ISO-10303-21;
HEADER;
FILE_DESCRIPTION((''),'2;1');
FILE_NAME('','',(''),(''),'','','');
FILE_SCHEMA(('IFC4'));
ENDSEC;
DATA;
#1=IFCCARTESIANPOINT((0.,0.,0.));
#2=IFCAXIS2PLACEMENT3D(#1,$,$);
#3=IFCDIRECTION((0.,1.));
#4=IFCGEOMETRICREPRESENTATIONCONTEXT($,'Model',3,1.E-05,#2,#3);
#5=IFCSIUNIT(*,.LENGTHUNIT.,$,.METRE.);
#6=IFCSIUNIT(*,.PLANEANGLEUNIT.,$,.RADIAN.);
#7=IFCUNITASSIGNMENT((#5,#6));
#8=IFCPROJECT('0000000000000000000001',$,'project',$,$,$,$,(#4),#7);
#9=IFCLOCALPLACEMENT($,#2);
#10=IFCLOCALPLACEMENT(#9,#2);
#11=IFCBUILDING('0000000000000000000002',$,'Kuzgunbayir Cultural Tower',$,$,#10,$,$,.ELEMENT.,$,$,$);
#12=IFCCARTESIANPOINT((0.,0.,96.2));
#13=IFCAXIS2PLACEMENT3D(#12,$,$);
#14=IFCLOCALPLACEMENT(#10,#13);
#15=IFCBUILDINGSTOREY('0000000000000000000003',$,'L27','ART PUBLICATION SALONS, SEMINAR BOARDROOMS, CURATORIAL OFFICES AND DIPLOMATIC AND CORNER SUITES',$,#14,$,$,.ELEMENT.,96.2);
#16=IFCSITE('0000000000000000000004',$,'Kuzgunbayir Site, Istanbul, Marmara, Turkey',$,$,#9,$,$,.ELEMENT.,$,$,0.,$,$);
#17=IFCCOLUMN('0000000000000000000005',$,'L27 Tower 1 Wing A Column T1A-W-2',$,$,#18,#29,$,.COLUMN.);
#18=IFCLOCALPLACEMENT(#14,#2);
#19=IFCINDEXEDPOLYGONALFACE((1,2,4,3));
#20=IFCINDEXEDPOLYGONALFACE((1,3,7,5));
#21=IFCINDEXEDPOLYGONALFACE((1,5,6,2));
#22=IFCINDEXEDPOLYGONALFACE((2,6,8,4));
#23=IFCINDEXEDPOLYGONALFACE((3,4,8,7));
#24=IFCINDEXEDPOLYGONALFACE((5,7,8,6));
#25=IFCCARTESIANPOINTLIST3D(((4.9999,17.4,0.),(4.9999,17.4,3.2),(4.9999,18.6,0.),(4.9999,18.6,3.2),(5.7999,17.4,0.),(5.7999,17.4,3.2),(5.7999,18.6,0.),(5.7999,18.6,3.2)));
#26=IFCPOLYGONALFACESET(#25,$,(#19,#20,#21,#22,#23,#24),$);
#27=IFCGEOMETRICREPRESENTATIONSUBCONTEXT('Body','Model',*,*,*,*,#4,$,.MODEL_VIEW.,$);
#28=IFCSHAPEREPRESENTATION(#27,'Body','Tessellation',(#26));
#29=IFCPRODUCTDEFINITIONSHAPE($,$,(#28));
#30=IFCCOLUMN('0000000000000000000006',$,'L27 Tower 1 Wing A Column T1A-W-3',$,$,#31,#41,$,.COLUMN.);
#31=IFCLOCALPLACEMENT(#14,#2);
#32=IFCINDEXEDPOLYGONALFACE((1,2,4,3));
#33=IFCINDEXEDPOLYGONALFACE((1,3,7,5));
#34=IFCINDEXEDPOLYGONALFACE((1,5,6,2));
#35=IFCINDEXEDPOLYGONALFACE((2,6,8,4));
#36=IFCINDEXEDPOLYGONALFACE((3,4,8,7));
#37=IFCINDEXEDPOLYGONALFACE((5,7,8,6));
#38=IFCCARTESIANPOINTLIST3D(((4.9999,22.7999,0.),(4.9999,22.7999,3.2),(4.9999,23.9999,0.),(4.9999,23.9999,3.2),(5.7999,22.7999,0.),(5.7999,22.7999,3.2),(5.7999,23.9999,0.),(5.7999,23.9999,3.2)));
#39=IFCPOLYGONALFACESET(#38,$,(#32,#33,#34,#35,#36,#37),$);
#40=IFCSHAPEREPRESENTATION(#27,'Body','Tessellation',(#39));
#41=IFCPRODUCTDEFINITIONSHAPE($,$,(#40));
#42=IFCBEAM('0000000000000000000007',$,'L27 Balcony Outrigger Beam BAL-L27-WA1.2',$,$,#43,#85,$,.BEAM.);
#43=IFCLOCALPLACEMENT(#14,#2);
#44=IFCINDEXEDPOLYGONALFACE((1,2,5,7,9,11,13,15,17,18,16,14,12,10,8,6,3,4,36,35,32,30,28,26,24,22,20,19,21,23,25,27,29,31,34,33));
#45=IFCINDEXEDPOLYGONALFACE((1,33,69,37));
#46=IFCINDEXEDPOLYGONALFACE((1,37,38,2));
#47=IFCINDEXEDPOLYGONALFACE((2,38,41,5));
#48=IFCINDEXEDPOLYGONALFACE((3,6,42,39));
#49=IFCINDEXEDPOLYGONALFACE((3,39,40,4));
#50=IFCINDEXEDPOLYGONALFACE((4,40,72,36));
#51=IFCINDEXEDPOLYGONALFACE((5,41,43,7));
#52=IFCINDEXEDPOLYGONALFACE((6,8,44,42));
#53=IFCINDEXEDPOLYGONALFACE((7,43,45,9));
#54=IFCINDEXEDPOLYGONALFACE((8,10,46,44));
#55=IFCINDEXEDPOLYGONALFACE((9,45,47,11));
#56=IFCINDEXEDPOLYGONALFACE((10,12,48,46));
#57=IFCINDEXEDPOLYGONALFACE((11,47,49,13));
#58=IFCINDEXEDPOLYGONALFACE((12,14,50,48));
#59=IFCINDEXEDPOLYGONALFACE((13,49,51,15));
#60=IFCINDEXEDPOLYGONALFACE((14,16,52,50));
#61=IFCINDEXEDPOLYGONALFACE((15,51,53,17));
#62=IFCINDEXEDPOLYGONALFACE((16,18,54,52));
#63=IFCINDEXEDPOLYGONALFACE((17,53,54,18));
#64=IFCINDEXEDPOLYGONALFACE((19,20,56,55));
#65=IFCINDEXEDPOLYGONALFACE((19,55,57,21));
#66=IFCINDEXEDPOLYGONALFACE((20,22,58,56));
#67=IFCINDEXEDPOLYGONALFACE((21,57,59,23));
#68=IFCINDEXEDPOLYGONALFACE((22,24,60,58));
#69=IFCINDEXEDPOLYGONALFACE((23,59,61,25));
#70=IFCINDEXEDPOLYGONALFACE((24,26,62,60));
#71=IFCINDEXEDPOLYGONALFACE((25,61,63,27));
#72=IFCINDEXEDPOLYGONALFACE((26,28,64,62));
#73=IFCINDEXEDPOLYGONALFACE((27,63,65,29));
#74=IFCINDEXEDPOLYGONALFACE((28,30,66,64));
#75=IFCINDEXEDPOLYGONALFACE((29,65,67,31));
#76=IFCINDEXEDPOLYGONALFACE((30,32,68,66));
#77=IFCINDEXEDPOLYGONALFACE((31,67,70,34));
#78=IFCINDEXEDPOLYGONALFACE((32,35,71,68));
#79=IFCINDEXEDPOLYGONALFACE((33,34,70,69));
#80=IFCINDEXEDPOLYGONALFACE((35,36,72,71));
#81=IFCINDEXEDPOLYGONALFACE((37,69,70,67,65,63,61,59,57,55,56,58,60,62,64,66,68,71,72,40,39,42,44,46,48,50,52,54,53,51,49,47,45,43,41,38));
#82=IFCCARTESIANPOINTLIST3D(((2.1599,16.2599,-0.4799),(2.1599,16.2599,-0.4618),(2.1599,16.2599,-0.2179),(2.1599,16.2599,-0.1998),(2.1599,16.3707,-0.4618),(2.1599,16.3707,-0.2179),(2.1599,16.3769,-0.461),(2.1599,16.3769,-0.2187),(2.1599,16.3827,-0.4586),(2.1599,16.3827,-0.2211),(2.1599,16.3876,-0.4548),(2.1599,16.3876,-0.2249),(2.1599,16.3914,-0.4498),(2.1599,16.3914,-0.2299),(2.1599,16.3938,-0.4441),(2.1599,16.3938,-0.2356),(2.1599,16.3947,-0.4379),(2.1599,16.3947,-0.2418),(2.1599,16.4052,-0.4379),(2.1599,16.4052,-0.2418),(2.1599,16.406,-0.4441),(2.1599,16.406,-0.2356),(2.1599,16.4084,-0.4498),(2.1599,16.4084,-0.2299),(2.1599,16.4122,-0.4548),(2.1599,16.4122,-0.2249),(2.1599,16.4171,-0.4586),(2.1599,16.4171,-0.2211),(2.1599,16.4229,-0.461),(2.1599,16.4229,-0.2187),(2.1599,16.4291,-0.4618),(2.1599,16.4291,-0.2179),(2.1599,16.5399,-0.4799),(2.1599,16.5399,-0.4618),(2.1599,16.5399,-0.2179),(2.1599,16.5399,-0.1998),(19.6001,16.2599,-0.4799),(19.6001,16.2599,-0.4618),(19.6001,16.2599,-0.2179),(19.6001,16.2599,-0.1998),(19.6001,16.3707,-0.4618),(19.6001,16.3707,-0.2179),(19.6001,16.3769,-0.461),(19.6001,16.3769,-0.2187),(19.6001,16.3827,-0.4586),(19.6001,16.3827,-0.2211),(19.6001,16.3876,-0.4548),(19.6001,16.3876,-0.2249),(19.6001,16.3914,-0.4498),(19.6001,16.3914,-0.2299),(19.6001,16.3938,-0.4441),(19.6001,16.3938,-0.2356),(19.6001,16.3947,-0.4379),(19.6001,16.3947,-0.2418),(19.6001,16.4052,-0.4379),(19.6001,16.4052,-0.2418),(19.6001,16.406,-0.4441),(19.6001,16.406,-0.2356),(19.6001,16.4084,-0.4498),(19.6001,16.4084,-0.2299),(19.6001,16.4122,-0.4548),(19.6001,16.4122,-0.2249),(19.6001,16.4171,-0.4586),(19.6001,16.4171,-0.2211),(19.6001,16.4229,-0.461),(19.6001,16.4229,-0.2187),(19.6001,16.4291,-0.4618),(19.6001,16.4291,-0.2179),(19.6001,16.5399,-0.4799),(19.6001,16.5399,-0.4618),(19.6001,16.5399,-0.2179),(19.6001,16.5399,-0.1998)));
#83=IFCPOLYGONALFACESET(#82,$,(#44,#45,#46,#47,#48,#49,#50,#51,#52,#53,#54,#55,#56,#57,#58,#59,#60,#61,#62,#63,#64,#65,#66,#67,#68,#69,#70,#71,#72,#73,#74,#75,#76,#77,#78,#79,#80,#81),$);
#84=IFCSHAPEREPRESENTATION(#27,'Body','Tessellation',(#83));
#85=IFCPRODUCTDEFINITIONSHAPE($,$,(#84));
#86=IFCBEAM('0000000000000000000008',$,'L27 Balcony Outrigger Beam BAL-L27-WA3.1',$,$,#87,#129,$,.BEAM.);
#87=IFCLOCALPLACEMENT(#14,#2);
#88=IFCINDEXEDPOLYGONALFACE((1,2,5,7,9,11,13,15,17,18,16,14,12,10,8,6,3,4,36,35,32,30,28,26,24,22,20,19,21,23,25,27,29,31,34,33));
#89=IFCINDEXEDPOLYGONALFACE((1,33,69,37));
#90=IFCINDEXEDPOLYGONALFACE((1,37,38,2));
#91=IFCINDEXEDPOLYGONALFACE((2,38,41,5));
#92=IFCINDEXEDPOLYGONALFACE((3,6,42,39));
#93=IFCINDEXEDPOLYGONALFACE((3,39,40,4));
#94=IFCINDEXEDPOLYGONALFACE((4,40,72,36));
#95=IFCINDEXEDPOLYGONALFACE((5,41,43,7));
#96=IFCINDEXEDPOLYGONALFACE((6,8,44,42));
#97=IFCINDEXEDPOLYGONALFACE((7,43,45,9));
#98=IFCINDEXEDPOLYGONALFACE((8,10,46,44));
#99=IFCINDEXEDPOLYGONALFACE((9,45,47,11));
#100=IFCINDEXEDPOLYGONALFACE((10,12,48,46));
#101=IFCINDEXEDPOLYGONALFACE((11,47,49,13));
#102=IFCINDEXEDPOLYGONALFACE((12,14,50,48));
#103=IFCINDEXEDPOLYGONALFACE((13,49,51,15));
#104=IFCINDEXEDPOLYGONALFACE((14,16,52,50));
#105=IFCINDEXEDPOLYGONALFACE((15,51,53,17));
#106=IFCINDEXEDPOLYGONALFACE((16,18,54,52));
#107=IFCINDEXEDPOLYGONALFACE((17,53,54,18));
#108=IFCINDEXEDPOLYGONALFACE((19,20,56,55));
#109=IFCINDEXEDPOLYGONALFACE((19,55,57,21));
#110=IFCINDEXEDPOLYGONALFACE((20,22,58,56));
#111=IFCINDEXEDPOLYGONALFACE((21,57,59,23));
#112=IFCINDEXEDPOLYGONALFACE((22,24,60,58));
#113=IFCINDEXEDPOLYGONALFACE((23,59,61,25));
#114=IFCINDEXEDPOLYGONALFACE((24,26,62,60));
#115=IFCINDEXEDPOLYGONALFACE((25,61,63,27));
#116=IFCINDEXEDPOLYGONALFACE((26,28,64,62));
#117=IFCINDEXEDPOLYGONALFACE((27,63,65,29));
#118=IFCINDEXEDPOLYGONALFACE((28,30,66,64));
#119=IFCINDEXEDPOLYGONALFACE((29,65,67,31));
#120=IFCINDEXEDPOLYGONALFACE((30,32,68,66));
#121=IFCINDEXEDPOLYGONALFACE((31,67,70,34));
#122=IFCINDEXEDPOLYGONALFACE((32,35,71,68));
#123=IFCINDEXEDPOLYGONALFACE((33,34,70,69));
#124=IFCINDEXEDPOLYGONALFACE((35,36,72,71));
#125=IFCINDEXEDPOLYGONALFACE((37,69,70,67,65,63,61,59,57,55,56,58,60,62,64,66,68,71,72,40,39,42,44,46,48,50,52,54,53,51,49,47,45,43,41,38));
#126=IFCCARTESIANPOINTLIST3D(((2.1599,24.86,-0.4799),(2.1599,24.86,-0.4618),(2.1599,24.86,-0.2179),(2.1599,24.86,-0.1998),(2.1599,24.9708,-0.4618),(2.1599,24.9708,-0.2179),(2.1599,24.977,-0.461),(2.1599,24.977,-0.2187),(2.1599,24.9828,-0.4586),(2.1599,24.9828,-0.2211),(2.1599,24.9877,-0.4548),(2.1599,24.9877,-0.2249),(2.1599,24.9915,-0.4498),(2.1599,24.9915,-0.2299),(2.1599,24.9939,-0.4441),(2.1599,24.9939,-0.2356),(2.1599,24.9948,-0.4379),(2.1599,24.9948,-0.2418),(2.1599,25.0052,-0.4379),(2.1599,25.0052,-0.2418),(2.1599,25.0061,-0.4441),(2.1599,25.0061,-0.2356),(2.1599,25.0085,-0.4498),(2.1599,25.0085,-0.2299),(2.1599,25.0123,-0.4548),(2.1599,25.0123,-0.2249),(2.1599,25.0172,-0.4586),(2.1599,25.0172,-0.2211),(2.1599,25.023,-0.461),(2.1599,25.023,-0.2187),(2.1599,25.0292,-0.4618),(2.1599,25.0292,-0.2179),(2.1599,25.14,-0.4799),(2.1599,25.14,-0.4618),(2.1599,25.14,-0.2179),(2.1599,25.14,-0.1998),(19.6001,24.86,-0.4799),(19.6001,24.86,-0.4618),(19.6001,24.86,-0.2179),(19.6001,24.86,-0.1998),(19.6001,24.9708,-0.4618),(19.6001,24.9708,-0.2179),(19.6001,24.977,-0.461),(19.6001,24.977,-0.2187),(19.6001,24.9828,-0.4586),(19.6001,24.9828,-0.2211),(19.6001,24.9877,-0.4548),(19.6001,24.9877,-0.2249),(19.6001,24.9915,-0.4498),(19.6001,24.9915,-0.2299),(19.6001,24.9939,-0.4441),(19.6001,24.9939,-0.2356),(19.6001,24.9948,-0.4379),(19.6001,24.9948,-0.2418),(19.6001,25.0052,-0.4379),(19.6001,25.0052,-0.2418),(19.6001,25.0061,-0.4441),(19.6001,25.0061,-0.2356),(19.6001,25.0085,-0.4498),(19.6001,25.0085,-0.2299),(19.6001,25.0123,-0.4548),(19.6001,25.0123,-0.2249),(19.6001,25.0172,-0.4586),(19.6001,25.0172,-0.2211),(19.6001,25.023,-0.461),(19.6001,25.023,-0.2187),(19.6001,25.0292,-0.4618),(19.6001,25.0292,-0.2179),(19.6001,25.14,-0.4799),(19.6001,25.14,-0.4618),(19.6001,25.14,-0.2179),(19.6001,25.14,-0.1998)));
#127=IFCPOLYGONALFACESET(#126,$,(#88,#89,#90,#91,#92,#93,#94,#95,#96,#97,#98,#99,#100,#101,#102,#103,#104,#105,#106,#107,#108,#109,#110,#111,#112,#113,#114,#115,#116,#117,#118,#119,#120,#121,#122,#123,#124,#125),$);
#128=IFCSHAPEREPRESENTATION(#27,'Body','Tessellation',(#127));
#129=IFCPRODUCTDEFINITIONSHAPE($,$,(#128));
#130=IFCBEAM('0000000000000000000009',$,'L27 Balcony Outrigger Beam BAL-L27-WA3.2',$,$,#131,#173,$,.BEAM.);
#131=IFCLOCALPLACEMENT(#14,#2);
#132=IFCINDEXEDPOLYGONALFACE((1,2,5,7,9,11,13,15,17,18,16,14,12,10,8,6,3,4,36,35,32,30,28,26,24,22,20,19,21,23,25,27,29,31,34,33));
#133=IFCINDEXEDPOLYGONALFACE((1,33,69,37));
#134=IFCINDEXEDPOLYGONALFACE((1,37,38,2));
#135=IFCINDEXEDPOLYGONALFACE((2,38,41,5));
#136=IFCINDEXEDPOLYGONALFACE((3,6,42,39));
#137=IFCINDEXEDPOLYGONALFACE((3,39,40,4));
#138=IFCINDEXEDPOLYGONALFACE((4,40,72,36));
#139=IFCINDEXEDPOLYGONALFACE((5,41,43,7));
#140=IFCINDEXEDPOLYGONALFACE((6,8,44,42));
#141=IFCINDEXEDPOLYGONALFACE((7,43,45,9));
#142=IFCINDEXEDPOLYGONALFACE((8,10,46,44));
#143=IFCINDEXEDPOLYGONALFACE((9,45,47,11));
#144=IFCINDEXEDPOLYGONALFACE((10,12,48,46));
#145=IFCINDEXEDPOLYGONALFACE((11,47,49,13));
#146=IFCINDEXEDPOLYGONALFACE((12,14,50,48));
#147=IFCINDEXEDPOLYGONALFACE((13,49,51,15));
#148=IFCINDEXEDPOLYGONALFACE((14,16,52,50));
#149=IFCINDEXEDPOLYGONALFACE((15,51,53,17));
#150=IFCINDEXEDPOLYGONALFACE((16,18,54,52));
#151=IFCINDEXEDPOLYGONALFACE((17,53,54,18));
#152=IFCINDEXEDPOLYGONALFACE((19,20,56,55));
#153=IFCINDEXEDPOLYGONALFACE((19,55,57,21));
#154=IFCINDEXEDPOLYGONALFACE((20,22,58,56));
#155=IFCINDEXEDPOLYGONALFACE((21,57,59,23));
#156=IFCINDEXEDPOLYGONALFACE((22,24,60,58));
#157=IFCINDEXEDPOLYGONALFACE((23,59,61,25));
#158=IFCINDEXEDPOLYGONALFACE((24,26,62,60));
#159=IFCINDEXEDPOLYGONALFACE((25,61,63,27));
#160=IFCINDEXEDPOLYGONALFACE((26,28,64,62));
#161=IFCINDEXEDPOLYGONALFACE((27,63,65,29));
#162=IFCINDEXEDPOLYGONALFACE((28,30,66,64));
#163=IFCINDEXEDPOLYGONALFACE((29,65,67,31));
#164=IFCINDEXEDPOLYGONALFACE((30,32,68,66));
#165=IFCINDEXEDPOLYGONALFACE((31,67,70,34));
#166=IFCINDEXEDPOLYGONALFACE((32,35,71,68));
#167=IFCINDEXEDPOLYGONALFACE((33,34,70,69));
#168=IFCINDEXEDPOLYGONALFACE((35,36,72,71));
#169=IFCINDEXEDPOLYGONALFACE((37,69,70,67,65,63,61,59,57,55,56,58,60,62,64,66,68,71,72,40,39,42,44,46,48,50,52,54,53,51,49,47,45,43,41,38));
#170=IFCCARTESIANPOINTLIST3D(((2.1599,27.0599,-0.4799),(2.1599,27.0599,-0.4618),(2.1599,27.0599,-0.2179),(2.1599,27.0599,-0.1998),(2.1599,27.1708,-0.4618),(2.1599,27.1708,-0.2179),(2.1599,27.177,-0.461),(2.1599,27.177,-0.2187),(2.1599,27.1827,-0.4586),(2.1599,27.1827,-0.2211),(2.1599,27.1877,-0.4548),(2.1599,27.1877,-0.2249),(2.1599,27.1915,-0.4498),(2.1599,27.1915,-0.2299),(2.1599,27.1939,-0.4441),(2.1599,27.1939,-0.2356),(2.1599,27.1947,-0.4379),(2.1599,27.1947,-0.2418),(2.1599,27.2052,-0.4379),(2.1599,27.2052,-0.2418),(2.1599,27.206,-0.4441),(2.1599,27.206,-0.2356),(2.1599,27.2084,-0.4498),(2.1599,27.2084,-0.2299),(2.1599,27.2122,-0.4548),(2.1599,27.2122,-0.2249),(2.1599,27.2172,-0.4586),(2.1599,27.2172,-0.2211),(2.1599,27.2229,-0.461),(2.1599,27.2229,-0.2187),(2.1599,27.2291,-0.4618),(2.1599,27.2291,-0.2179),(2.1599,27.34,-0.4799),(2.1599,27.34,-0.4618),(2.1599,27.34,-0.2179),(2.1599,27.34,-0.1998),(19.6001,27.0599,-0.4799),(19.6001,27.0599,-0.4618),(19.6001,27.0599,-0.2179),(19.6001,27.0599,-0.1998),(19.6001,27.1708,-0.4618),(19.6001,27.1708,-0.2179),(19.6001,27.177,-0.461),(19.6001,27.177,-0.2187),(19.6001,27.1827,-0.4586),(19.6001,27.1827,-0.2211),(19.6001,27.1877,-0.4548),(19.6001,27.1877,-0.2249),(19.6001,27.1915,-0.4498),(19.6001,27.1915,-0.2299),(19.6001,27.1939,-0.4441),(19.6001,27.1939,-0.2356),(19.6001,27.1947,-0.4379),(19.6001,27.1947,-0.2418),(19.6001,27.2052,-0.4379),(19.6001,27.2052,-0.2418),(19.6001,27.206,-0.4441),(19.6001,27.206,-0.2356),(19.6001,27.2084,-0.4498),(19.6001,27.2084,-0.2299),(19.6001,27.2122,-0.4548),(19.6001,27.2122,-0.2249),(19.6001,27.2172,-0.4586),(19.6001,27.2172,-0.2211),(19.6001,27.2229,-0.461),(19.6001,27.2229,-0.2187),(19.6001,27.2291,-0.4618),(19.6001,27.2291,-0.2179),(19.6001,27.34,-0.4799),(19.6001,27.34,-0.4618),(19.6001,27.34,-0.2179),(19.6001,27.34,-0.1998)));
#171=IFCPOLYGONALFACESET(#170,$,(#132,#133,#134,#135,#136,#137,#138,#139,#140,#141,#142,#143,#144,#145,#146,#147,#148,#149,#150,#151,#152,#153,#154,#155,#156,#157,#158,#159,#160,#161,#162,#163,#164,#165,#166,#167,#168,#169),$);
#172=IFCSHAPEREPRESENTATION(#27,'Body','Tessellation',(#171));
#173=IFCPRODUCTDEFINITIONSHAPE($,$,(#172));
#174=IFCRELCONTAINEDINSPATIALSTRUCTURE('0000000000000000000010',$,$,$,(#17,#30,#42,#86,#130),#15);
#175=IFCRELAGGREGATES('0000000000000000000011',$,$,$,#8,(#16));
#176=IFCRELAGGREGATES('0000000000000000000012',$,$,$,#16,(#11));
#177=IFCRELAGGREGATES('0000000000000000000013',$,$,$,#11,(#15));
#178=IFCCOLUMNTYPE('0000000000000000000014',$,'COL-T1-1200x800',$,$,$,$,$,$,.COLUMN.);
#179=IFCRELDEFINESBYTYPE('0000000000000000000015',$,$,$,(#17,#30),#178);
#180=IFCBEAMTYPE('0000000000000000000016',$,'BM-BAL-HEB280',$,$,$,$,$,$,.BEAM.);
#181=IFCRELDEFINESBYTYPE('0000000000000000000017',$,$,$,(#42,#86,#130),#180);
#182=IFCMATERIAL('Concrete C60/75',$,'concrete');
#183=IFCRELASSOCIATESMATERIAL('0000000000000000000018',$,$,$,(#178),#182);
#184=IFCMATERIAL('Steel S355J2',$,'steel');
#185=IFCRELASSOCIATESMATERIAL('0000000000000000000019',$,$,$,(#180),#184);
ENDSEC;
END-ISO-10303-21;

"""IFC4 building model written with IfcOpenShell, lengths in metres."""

from ifc_helpers import new_model, si_unit, direction, frame, origin, origin_2d, place, context, subcontext, project, spatial, rectangle, i_section, extrude, material, material_profile, profile_set, type_object, element, save


model = new_model("IFC4")

# Units and contexts
model_context = context("Model", 3, precision=1e-05, world=origin(), true_north=direction((0.0, 1.0)))
body_context = subcontext(model_context, "Body", "Model", "MODEL_VIEW")
ifc_project = project(units=[si_unit("LENGTHUNIT", "METRE"), si_unit("PLANEANGLEUNIT", "RADIAN")], contexts=[model_context])

# Site, building, storey
site_placement = place(None, origin())
site = spatial("IfcSite", under=ifc_project, at=site_placement, Name="Kuzgunbayir Site, Istanbul, Marmara, Turkey", CompositionType="ELEMENT", RefElevation=0.0)
building_placement = place(site_placement, origin())
building = spatial("IfcBuilding", under=site, at=building_placement, Name="Kuzgunbayir Cultural Tower", CompositionType="ELEMENT")
storey_placement = place(building_placement, frame((0.0, 0.0, 96.2)))
storey = spatial("IfcBuildingStorey", under=building, at=storey_placement, Name="L27", Description="ART PUBLICATION SALONS, SEMINAR BOARDROOMS, CURATORIAL OFFICES AND DIPLOMATIC AND CORNER SUITES", CompositionType="ELEMENT", Elevation=96.2)

# Columns
ifc_material_1 = material(Name="Concrete C60/75", Category="concrete")
ifc_material_profile_1 = material_profile(ifc_material_1, rectangle(XDim=0.8, YDim=1.2, at=origin_2d()), Name="RC 1200x800")
ifc_profile_set_1 = profile_set([ifc_material_profile_1], Name="Concrete C60/75")
column_type = type_object("IfcColumnType", Name="COL-T1-1200x800", PredefinedType="COLUMN", material=ifc_profile_set_1)
for number, where, z_axis, x_axis, name in (
    (1, (5.3999, 18.0, 0.0), (0.0, 0.0, 1.0), (1.0, 0.0, 0.0), "L27 Tower 1 Wing A Column T1A-W-2"),
    (2, (5.3999, 23.3999, 0.0), (0.0, 0.0, 1.0), (1.0, 0.0, 0.0), "L27 Tower 1 Wing A Column T1A-W-3"),
):
    element("IfcColumn", number, at=place(storey_placement, frame(where, z_axis=z_axis, x_axis=x_axis)), inside=storey, type_object=column_type, Name=name, PredefinedType="COLUMN", context=body_context, shape_type="SweptSolid", body=[
        extrude(rectangle(XDim=0.8, YDim=1.2, at=origin_2d()), origin(), (0.0, 0.0, 1.0), 3.2),
    ])

# Beams
ifc_material_2 = material(Name="Steel S355J2", Category="steel")
ifc_material_profile_2 = material_profile(ifc_material_2, i_section(OverallWidth=0.28, OverallDepth=0.28, WebThickness=0.0105, FlangeThickness=0.0181, FilletRadius=0.0239, at=origin_2d()), Name="HEB 280")
ifc_profile_set_2 = profile_set([ifc_material_profile_2], Name="Steel S355J2")
beam_type_1 = type_object("IfcBeamType", Name="BM-BAL-HEB280", PredefinedType="BEAM", material=ifc_profile_set_2)
for number, where, z_axis, x_axis, name in (
    (3, (2.1599, 16.3999, -0.3398), (1.0, 0.0, 0.0), (0.0, 1.0, 0.0), "L27 Balcony Outrigger Beam BAL-L27-WA1.2"),
    (4, (2.1599, 25.0, -0.3398), (1.0, 0.0, 0.0), (0.0, 1.0, 0.0), "L27 Balcony Outrigger Beam BAL-L27-WA3.1"),
    (5, (2.1599, 27.2, -0.3398), (1.0, 0.0, 0.0), (0.0, 1.0, 0.0), "L27 Balcony Outrigger Beam BAL-L27-WA3.2"),
):
    element("IfcBeam", number, at=place(storey_placement, frame(where, z_axis=z_axis, x_axis=x_axis)), inside=storey, type_object=beam_type_1, Name=name, PredefinedType="BEAM", context=body_context, shape_type="SweptSolid", body=[
        extrude(i_section(OverallWidth=0.28, OverallDepth=0.28, WebThickness=0.0105, FlangeThickness=0.0181, FilletRadius=0.0239, at=origin_2d()), origin(), (0.0, 0.0, 1.0), 17.4402),
    ])

save(model, "model.ifc")
